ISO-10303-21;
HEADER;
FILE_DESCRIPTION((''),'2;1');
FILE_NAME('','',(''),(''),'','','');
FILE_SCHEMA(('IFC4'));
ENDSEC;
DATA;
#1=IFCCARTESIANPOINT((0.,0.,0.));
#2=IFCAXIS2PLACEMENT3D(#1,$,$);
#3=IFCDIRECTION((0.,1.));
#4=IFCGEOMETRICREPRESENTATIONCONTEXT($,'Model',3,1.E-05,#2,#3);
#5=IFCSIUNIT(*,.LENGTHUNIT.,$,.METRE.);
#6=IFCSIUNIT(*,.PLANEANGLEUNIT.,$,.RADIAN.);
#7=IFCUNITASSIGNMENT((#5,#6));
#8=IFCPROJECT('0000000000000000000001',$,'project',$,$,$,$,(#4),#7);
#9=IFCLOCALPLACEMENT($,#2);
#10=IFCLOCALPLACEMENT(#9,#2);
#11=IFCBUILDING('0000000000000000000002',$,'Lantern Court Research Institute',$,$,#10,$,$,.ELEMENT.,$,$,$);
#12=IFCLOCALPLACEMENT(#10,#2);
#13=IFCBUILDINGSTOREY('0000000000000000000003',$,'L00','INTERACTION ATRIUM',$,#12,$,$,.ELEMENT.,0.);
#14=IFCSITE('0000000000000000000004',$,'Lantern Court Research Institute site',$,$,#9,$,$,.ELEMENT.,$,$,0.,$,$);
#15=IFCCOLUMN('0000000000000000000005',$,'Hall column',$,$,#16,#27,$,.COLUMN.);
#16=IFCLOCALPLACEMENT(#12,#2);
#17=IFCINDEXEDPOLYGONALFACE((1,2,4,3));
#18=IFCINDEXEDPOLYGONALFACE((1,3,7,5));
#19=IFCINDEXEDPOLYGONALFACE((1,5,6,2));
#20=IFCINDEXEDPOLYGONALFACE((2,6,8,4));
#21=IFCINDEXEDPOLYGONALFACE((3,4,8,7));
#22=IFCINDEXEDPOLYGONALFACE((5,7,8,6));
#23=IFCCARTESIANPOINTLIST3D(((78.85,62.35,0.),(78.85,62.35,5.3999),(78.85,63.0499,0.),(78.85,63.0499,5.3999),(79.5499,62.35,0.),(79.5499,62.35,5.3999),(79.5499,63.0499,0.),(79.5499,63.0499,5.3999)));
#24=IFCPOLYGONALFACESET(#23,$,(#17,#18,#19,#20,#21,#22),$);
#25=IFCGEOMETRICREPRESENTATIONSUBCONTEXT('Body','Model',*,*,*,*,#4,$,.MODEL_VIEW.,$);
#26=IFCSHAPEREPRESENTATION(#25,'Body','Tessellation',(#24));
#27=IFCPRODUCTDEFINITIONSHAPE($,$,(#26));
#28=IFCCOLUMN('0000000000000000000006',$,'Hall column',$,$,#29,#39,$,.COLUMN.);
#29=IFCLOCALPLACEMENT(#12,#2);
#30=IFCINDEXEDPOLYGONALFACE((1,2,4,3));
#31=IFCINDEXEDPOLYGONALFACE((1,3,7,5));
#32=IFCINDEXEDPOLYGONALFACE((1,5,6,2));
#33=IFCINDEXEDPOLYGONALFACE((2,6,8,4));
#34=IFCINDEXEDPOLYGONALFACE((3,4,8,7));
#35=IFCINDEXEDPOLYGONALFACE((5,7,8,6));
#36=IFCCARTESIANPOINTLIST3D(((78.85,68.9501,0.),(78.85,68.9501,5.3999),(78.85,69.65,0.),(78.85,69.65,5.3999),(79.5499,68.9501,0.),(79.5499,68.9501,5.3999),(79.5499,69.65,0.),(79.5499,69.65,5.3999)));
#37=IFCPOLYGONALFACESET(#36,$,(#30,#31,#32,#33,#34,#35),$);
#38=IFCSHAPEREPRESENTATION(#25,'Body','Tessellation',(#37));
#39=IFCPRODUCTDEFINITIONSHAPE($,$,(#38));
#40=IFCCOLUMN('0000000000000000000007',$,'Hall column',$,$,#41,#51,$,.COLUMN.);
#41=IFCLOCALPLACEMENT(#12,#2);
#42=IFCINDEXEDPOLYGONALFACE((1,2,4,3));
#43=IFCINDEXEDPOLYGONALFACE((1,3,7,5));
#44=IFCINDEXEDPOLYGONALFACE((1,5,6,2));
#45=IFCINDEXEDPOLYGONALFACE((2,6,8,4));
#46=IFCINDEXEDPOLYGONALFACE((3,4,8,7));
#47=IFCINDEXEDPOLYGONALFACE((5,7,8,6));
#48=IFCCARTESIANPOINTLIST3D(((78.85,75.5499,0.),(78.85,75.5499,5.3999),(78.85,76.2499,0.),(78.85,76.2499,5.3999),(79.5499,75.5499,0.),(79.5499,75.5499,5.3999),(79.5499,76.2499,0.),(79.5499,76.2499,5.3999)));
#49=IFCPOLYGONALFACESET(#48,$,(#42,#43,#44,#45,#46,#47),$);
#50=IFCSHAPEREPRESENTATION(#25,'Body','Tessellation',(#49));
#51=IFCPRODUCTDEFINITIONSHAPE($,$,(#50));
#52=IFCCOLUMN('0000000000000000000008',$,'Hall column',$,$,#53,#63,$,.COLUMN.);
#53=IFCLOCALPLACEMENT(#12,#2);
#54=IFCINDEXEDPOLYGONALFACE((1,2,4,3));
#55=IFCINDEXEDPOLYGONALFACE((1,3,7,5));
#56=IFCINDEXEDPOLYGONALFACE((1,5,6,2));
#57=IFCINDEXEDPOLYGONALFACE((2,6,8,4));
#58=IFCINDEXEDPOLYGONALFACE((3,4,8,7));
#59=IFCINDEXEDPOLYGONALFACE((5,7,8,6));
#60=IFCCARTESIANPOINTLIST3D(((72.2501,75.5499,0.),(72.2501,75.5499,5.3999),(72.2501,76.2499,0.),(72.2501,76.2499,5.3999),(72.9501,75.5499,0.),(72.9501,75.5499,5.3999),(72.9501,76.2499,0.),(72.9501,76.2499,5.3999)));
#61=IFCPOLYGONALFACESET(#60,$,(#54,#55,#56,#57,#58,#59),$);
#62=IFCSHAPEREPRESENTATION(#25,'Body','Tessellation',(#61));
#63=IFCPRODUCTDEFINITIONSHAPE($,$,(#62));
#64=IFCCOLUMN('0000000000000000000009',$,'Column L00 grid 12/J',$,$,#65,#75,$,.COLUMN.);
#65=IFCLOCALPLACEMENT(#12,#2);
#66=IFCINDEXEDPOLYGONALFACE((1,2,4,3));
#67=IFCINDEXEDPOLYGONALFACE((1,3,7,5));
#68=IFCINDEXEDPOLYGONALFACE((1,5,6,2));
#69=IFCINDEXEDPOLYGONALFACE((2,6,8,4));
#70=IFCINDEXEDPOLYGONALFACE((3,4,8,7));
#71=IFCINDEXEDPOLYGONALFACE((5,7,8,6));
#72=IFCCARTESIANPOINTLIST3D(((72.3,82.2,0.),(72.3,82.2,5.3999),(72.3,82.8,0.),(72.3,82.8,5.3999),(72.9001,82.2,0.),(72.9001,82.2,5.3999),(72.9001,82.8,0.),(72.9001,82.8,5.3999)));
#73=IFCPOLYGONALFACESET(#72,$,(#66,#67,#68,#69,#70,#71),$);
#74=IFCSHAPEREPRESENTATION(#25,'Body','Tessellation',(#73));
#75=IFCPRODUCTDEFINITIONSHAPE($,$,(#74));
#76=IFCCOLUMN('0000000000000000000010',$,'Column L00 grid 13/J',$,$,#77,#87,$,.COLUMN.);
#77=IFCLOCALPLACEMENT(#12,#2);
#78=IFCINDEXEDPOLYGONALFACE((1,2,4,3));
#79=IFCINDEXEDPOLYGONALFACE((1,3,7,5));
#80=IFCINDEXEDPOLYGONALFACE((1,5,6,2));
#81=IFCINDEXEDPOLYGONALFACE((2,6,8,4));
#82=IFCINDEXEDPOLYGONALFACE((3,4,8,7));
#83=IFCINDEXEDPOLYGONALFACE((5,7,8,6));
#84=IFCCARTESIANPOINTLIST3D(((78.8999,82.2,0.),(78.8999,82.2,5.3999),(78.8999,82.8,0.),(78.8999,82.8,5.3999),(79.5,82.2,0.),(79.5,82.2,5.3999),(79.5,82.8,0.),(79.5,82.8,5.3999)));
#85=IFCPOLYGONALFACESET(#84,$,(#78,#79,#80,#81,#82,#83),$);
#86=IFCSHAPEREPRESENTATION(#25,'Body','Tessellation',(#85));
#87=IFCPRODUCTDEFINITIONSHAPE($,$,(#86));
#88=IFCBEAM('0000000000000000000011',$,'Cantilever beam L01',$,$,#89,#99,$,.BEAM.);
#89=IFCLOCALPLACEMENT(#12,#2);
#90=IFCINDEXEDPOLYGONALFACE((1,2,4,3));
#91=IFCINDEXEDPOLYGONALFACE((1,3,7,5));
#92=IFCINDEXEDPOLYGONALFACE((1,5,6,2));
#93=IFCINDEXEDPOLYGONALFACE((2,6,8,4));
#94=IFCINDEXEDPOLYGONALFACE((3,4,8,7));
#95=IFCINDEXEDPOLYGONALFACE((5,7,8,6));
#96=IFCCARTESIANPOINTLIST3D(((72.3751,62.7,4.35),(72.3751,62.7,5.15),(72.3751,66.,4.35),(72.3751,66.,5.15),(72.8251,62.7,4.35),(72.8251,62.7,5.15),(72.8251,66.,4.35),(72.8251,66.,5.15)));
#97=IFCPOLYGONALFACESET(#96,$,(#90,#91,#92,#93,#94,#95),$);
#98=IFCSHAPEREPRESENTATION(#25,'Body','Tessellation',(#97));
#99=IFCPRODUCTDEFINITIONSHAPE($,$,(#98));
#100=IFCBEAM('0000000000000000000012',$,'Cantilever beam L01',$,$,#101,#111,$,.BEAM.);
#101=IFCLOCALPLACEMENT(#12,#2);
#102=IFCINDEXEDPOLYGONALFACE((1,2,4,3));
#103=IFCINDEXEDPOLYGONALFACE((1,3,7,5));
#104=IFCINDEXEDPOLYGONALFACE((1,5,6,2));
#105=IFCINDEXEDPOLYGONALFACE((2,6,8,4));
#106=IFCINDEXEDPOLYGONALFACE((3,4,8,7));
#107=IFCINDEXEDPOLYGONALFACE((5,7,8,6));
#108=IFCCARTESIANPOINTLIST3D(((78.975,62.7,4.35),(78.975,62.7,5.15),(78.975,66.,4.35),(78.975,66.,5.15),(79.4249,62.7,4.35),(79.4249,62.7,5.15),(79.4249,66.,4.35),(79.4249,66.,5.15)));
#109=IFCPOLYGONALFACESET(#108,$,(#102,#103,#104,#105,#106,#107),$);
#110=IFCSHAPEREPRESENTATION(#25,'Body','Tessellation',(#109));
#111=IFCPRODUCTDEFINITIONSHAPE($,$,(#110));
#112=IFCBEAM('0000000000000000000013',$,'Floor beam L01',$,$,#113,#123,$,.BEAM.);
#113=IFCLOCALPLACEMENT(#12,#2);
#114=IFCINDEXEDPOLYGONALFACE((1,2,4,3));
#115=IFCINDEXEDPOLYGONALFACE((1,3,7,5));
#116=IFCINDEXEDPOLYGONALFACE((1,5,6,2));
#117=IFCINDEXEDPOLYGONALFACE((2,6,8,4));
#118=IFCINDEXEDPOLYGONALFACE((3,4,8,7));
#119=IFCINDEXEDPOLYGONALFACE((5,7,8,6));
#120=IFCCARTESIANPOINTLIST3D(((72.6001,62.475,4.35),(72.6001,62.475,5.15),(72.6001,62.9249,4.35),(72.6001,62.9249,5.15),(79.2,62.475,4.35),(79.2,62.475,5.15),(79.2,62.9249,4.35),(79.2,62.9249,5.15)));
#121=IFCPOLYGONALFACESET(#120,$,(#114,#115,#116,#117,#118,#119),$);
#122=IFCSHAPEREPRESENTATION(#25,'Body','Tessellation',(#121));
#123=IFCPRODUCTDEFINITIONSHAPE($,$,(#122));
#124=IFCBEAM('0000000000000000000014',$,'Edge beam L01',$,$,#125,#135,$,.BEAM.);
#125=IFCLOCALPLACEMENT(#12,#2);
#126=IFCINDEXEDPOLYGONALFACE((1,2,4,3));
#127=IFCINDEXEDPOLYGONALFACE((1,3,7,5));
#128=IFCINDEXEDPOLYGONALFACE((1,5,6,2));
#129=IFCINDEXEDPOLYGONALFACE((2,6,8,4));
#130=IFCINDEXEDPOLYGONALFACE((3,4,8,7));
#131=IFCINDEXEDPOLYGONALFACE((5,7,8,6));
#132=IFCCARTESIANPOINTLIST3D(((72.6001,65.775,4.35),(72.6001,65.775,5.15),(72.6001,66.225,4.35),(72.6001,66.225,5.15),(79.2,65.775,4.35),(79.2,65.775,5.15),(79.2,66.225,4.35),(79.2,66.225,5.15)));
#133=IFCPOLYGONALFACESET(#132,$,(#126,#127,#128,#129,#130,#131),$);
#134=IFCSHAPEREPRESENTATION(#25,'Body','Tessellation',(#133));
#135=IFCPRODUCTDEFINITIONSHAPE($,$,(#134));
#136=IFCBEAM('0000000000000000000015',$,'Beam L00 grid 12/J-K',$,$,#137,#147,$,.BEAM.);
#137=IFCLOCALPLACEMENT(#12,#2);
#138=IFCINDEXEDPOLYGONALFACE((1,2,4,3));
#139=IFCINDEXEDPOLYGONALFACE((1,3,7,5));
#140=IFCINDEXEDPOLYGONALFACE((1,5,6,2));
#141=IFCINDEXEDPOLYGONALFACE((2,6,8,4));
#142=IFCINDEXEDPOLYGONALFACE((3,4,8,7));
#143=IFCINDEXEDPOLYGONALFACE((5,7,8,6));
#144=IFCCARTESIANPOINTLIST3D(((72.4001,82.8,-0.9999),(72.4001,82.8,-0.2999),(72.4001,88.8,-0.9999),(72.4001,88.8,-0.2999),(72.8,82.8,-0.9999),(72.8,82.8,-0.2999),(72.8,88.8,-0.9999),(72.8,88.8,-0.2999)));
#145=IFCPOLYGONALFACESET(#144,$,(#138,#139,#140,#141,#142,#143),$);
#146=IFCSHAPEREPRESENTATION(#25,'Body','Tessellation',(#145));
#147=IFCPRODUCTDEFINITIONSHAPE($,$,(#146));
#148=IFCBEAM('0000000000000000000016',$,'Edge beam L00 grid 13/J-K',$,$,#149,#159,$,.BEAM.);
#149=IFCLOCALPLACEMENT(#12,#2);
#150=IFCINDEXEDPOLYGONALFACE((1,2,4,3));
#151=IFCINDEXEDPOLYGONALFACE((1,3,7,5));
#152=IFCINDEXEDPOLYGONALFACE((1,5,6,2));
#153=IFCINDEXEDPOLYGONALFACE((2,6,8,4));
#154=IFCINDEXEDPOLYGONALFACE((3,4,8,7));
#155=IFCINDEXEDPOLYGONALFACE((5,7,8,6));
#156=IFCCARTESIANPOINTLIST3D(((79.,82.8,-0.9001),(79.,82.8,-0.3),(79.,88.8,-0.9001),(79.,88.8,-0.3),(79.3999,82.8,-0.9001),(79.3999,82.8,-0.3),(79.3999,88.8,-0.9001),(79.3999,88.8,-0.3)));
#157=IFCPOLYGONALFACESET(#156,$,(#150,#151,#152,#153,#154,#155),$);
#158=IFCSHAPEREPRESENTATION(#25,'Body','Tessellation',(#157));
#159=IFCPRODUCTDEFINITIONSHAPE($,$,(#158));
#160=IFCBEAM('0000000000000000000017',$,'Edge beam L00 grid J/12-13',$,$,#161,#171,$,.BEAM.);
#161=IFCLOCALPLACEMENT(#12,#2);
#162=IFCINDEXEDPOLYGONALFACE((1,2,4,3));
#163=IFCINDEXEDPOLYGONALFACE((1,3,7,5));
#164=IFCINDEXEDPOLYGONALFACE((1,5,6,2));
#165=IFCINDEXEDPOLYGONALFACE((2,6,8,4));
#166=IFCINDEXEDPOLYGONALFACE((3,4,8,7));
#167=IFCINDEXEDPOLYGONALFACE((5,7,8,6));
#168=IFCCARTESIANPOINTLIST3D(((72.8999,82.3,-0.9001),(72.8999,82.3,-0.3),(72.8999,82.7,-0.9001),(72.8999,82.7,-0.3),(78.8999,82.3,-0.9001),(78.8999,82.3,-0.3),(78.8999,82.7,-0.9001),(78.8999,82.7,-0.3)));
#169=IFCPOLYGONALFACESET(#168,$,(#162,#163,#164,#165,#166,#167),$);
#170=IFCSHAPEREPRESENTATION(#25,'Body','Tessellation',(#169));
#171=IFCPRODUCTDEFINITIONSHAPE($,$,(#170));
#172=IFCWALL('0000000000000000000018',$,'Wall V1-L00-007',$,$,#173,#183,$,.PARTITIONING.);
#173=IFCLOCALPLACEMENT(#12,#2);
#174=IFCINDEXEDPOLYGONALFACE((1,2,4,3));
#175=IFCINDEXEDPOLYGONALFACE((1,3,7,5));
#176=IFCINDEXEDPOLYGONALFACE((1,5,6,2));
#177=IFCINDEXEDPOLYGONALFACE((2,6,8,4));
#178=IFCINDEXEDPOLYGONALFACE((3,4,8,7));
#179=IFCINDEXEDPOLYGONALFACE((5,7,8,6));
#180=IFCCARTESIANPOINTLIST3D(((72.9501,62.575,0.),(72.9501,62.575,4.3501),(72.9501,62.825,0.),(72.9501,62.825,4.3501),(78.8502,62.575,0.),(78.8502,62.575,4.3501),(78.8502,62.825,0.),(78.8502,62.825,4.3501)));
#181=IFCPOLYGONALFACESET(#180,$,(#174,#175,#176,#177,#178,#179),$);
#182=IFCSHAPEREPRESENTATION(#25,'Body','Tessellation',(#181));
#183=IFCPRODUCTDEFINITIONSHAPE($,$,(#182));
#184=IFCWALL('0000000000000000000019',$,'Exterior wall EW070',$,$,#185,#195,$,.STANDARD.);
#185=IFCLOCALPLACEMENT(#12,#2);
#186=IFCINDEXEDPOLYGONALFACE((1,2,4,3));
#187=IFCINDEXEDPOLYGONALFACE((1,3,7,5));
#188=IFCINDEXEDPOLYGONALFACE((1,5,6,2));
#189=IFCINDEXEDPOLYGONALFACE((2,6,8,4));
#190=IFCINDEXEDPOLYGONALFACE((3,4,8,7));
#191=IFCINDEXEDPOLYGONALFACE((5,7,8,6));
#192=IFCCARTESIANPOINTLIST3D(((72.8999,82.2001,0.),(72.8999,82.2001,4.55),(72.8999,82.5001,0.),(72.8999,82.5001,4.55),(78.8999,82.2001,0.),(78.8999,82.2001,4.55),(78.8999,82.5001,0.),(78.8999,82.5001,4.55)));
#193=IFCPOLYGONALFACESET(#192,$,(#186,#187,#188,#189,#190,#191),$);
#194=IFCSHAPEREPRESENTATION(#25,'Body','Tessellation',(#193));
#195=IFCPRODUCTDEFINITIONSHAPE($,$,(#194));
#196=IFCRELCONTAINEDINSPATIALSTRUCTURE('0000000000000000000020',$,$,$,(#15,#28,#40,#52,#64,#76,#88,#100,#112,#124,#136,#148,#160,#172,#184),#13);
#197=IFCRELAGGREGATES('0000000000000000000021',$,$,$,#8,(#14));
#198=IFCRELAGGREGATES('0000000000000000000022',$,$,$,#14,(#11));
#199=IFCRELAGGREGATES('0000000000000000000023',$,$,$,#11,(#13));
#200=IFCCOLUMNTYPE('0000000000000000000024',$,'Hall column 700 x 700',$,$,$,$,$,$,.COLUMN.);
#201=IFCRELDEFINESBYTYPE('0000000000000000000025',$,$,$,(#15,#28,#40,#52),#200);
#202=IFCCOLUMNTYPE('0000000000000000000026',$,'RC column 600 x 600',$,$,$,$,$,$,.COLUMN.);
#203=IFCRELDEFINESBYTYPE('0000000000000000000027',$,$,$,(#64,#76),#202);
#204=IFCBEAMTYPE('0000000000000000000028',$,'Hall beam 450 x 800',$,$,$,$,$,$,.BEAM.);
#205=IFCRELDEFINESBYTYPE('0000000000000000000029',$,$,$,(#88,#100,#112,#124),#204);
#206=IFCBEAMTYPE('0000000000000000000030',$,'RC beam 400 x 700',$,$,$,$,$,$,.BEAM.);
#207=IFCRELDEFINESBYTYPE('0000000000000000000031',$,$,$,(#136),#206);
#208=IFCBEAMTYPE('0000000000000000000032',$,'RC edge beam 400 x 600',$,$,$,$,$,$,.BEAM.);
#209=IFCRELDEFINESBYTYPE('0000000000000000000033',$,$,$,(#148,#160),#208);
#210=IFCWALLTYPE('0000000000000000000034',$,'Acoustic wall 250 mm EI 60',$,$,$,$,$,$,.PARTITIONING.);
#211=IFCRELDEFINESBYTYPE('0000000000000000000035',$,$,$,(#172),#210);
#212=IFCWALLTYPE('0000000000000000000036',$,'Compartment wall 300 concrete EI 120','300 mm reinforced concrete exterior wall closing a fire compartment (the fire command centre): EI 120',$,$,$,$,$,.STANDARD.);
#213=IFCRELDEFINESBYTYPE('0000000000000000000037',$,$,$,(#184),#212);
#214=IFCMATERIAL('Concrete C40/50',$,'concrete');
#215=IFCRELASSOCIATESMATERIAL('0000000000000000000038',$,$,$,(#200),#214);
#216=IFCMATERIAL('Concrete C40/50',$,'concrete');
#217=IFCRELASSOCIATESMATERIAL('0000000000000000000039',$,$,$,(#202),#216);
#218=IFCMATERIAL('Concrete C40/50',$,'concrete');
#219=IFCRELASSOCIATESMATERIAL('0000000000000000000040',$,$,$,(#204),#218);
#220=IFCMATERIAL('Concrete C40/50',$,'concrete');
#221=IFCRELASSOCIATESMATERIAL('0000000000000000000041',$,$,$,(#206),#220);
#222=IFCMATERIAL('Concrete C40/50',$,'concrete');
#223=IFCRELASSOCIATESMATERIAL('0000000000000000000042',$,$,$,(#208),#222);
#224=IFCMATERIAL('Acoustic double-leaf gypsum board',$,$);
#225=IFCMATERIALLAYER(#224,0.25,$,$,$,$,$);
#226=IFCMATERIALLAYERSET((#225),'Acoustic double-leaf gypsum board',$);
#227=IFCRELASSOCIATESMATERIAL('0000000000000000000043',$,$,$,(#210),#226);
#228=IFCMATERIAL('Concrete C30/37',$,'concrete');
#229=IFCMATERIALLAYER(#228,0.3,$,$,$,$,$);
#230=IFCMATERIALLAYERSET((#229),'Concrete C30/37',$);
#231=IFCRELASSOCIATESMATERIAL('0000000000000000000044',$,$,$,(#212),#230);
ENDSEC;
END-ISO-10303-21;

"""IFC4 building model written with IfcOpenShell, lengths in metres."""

from ifc_helpers import new_model, si_unit, direction, frame, frame_2d, origin, origin_2d, place, context, subcontext, project, spatial, rectangle, extrude, material, layer, layer_set, material_profile, profile_set, type_object, element, save


model = new_model("IFC4")

# Units and contexts
model_context = context("Model", 3, precision=1e-05, world=origin(), true_north=direction((0.0, 1.0)))
body_context = subcontext(model_context, "Body", "Model", "MODEL_VIEW")
ifc_project = project(units=[si_unit("LENGTHUNIT", "METRE"), si_unit("PLANEANGLEUNIT", "RADIAN")], contexts=[model_context])

# Site, building, storey
site_placement = place(None, origin())
site = spatial("IfcSite", under=ifc_project, at=site_placement, Name="Lantern Court Research Institute site", CompositionType="ELEMENT", RefElevation=0.0)
building_placement = place(site_placement, origin())
building = spatial("IfcBuilding", under=site, at=building_placement, Name="Lantern Court Research Institute", CompositionType="ELEMENT")
storey_placement = place(building_placement, origin())
storey = spatial("IfcBuildingStorey", under=building, at=storey_placement, Name="L00", Description="INTERACTION ATRIUM", CompositionType="ELEMENT", Elevation=0.0)

# Columns
ifc_material_1 = material(Name="Concrete C40/50", Category="concrete")
ifc_material_profile_1 = material_profile(ifc_material_1, rectangle(XDim=0.7, YDim=0.7, at=origin_2d()), Name="Hall column 700 x 700")
ifc_profile_set_1 = profile_set([ifc_material_profile_1], Name="Concrete C40/50")
column_type_1 = type_object("IfcColumnType", Name="Hall column 700 x 700", PredefinedType="COLUMN", material=ifc_profile_set_1)
for number, where, z_axis, x_axis, name in (
    (1, (79.2, 62.7, 0.0), (0.0, 0.0, 1.0), (1.0, 0.0, 0.0), "Hall column"),
    (2, (79.2, 69.3, 0.0), (0.0, 0.0, 1.0), (1.0, 0.0, 0.0), "Hall column"),
    (3, (79.2, 75.8999, 0.0), (0.0, 0.0, 1.0), (1.0, 0.0, 0.0), "Hall column"),
    (4, (72.6001, 75.8999, 0.0), (0.0, 0.0, 1.0), (1.0, 0.0, 0.0), "Hall column"),
):
    element("IfcColumn", number, at=place(storey_placement, frame(where, z_axis=z_axis, x_axis=x_axis)), inside=storey, type_object=column_type_1, Name=name, PredefinedType="COLUMN", context=body_context, shape_type="SweptSolid", body=[
        extrude(rectangle(XDim=0.7, YDim=0.7, at=origin_2d()), origin(), (0.0, 0.0, 1.0), 5.3999),
    ])
ifc_material_2 = material(Name="Concrete C40/50", Category="concrete")
ifc_material_profile_2 = material_profile(ifc_material_2, rectangle(XDim=0.6001, YDim=0.6001, at=origin_2d()), Name="RC column 600 x 600")
ifc_profile_set_2 = profile_set([ifc_material_profile_2], Name="Concrete C40/50")
column_type_2 = type_object("IfcColumnType", Name="RC column 600 x 600", PredefinedType="COLUMN", material=ifc_profile_set_2)
for number, where, z_axis, x_axis, name in (
    (5, (72.6001, 82.5, 0.0), (0.0, 0.0, 1.0), (1.0, 0.0, 0.0), "Column L00 grid 12/J"),
    (6, (79.2, 82.5, 0.0), (0.0, 0.0, 1.0), (1.0, 0.0, 0.0), "Column L00 grid 13/J"),
):
    element("IfcColumn", number, at=place(storey_placement, frame(where, z_axis=z_axis, x_axis=x_axis)), inside=storey, type_object=column_type_2, Name=name, PredefinedType="COLUMN", context=body_context, shape_type="SweptSolid", body=[
        extrude(rectangle(XDim=0.6001, YDim=0.6001, at=origin_2d()), origin(), (0.0, 0.0, 1.0), 5.3999),
    ])

# Beams
ifc_material_3 = material(Name="Concrete C40/50", Category="concrete")
ifc_material_profile_3 = material_profile(ifc_material_3, rectangle(XDim=0.45, YDim=0.8, at=origin_2d()), Name="Hall beam 450 x 800")
ifc_profile_set_3 = profile_set([ifc_material_profile_3], Name="Concrete C40/50")
beam_type_1 = type_object("IfcBeamType", Name="Hall beam 450 x 800", PredefinedType="BEAM", material=ifc_profile_set_3)
for number, where, z_axis, x_axis, name in (
    (7, (72.6001, 62.7, 4.75), (0.0, 1.0, 0.0), (-1.0, 0.0, 0.0), "Cantilever beam L01"),
    (8, (79.2, 62.7, 4.75), (0.0, 1.0, 0.0), (-1.0, 0.0, 0.0), "Cantilever beam L01"),
):
    element("IfcBeam", number, at=place(storey_placement, frame(where, z_axis=z_axis, x_axis=x_axis)), inside=storey, type_object=beam_type_1, Name=name, PredefinedType="BEAM", context=body_context, shape_type="SweptSolid", body=[
        extrude(rectangle(XDim=0.45, YDim=0.8, at=origin_2d()), origin(), (0.0, 0.0, 1.0), 3.3),
    ])
for number, where, z_axis, x_axis, name in (
    (9, (72.6001, 62.7, 4.75), (1.0, 0.0, 0.0), (0.0, 1.0, 0.0), "Floor beam L01"),
    (10, (72.6001, 66.0, 4.75), (1.0, 0.0, 0.0), (0.0, 1.0, 0.0), "Edge beam L01"),
):
    element("IfcBeam", number, at=place(storey_placement, frame(where, z_axis=z_axis, x_axis=x_axis)), inside=storey, type_object=beam_type_1, Name=name, PredefinedType="BEAM", context=body_context, shape_type="SweptSolid", body=[
        extrude(rectangle(XDim=0.45, YDim=0.8, at=origin_2d()), origin(), (0.0, 0.0, 1.0), 6.5999),
    ])
ifc_material_4 = material(Name="Concrete C40/50", Category="concrete")
ifc_material_profile_4 = material_profile(ifc_material_4, rectangle(XDim=0.3999, YDim=0.7, at=origin_2d()), Name="RC beam 400 x 700")
ifc_profile_set_4 = profile_set([ifc_material_profile_4], Name="Concrete C40/50")
beam_type_2 = type_object("IfcBeamType", Name="RC beam 400 x 700", PredefinedType="BEAM", material=ifc_profile_set_4)
beam_placement = place(storey_placement, frame((72.6001, 82.8, -0.6499), z_axis=(0.0, 1.0, 0.0), x_axis=(-1.0, 0.0, 0.0)))
element("IfcBeam", 11, at=beam_placement, inside=storey, type_object=beam_type_2, Name="Beam L00 grid 12/J-K", PredefinedType="BEAM", context=body_context, shape_type="SweptSolid", body=[
    extrude(rectangle(XDim=0.3999, YDim=0.7, at=origin_2d()), origin(), (0.0, 0.0, 1.0), 6.0),
])
ifc_material_5 = material(Name="Concrete C40/50", Category="concrete")
ifc_material_profile_5 = material_profile(ifc_material_5, rectangle(XDim=0.3999, YDim=0.6001, at=origin_2d()), Name="RC beam 400 x 600")
ifc_profile_set_5 = profile_set([ifc_material_profile_5], Name="Concrete C40/50")
beam_type_3 = type_object("IfcBeamType", Name="RC edge beam 400 x 600", PredefinedType="BEAM", material=ifc_profile_set_5)
for number, where, z_axis, x_axis, name in (
    (12, (79.2, 82.8, -0.6001), (0.0, 1.0, 0.0), (-1.0, 0.0, 0.0), "Edge beam L00 grid 13/J-K"),
    (13, (72.8999, 82.5, -0.6001), (1.0, 0.0, 0.0), (0.0, 1.0, 0.0), "Edge beam L00 grid J/12-13"),
):
    element("IfcBeam", number, at=place(storey_placement, frame(where, z_axis=z_axis, x_axis=x_axis)), inside=storey, type_object=beam_type_3, Name=name, PredefinedType="BEAM", context=body_context, shape_type="SweptSolid", body=[
        extrude(rectangle(XDim=0.3999, YDim=0.6001, at=origin_2d()), origin(), (0.0, 0.0, 1.0), 6.0),
    ])

# Walls
ifc_material_6 = material(Name="Acoustic double-leaf gypsum board")
ifc_layer_1 = layer(ifc_material_6, 0.25)
ifc_layer_set_1 = layer_set([ifc_layer_1], Name="Acoustic double-leaf gypsum board")
wall_type_1 = type_object("IfcWallType", Name="Acoustic wall 250 mm EI 60", PredefinedType="PARTITIONING", material=ifc_layer_set_1)
wall_1_placement = place(storey_placement, frame((72.95, 62.7, 0.0), z_axis=(0.0, 0.0, 1.0), x_axis=(1.0, 0.0, 0.0)))
element("IfcWall", 14, at=wall_1_placement, inside=storey, type_object=wall_type_1, Name="Wall V1-L00-007", PredefinedType="PARTITIONING", context=body_context, shape_type="SweptSolid", body=[
    extrude(rectangle(XDim=5.9001, YDim=0.25, at=frame_2d((2.9502, 0.0))), origin(), (0.0, 0.0, 1.0), 4.3501),
])
ifc_material_7 = material(Name="Concrete C30/37", Category="concrete")
ifc_layer_2 = layer(ifc_material_7, 0.3)
ifc_layer_set_2 = layer_set([ifc_layer_2], Name="Concrete C30/37")
wall_type_2 = type_object("IfcWallType", Name="Compartment wall 300 concrete EI 120", Description="300 mm reinforced concrete exterior wall closing a fire compartment (the fire command centre): EI 120", PredefinedType="STANDARD", material=ifc_layer_set_2)
wall_2_placement = place(storey_placement, frame((78.8999, 82.3501, 0.0), z_axis=(0.0, 0.0, 1.0), x_axis=(-1.0, 0.0, 0.0)))
element("IfcWall", 15, at=wall_2_placement, inside=storey, type_object=wall_type_2, Name="Exterior wall EW070", PredefinedType="STANDARD", context=body_context, shape_type="SweptSolid", body=[
    extrude(rectangle(XDim=6.0, YDim=0.3, at=frame_2d((3.0, 0.0))), origin(), (0.0, 0.0, 1.0), 4.55),
])

save(model, "model.ifc")
